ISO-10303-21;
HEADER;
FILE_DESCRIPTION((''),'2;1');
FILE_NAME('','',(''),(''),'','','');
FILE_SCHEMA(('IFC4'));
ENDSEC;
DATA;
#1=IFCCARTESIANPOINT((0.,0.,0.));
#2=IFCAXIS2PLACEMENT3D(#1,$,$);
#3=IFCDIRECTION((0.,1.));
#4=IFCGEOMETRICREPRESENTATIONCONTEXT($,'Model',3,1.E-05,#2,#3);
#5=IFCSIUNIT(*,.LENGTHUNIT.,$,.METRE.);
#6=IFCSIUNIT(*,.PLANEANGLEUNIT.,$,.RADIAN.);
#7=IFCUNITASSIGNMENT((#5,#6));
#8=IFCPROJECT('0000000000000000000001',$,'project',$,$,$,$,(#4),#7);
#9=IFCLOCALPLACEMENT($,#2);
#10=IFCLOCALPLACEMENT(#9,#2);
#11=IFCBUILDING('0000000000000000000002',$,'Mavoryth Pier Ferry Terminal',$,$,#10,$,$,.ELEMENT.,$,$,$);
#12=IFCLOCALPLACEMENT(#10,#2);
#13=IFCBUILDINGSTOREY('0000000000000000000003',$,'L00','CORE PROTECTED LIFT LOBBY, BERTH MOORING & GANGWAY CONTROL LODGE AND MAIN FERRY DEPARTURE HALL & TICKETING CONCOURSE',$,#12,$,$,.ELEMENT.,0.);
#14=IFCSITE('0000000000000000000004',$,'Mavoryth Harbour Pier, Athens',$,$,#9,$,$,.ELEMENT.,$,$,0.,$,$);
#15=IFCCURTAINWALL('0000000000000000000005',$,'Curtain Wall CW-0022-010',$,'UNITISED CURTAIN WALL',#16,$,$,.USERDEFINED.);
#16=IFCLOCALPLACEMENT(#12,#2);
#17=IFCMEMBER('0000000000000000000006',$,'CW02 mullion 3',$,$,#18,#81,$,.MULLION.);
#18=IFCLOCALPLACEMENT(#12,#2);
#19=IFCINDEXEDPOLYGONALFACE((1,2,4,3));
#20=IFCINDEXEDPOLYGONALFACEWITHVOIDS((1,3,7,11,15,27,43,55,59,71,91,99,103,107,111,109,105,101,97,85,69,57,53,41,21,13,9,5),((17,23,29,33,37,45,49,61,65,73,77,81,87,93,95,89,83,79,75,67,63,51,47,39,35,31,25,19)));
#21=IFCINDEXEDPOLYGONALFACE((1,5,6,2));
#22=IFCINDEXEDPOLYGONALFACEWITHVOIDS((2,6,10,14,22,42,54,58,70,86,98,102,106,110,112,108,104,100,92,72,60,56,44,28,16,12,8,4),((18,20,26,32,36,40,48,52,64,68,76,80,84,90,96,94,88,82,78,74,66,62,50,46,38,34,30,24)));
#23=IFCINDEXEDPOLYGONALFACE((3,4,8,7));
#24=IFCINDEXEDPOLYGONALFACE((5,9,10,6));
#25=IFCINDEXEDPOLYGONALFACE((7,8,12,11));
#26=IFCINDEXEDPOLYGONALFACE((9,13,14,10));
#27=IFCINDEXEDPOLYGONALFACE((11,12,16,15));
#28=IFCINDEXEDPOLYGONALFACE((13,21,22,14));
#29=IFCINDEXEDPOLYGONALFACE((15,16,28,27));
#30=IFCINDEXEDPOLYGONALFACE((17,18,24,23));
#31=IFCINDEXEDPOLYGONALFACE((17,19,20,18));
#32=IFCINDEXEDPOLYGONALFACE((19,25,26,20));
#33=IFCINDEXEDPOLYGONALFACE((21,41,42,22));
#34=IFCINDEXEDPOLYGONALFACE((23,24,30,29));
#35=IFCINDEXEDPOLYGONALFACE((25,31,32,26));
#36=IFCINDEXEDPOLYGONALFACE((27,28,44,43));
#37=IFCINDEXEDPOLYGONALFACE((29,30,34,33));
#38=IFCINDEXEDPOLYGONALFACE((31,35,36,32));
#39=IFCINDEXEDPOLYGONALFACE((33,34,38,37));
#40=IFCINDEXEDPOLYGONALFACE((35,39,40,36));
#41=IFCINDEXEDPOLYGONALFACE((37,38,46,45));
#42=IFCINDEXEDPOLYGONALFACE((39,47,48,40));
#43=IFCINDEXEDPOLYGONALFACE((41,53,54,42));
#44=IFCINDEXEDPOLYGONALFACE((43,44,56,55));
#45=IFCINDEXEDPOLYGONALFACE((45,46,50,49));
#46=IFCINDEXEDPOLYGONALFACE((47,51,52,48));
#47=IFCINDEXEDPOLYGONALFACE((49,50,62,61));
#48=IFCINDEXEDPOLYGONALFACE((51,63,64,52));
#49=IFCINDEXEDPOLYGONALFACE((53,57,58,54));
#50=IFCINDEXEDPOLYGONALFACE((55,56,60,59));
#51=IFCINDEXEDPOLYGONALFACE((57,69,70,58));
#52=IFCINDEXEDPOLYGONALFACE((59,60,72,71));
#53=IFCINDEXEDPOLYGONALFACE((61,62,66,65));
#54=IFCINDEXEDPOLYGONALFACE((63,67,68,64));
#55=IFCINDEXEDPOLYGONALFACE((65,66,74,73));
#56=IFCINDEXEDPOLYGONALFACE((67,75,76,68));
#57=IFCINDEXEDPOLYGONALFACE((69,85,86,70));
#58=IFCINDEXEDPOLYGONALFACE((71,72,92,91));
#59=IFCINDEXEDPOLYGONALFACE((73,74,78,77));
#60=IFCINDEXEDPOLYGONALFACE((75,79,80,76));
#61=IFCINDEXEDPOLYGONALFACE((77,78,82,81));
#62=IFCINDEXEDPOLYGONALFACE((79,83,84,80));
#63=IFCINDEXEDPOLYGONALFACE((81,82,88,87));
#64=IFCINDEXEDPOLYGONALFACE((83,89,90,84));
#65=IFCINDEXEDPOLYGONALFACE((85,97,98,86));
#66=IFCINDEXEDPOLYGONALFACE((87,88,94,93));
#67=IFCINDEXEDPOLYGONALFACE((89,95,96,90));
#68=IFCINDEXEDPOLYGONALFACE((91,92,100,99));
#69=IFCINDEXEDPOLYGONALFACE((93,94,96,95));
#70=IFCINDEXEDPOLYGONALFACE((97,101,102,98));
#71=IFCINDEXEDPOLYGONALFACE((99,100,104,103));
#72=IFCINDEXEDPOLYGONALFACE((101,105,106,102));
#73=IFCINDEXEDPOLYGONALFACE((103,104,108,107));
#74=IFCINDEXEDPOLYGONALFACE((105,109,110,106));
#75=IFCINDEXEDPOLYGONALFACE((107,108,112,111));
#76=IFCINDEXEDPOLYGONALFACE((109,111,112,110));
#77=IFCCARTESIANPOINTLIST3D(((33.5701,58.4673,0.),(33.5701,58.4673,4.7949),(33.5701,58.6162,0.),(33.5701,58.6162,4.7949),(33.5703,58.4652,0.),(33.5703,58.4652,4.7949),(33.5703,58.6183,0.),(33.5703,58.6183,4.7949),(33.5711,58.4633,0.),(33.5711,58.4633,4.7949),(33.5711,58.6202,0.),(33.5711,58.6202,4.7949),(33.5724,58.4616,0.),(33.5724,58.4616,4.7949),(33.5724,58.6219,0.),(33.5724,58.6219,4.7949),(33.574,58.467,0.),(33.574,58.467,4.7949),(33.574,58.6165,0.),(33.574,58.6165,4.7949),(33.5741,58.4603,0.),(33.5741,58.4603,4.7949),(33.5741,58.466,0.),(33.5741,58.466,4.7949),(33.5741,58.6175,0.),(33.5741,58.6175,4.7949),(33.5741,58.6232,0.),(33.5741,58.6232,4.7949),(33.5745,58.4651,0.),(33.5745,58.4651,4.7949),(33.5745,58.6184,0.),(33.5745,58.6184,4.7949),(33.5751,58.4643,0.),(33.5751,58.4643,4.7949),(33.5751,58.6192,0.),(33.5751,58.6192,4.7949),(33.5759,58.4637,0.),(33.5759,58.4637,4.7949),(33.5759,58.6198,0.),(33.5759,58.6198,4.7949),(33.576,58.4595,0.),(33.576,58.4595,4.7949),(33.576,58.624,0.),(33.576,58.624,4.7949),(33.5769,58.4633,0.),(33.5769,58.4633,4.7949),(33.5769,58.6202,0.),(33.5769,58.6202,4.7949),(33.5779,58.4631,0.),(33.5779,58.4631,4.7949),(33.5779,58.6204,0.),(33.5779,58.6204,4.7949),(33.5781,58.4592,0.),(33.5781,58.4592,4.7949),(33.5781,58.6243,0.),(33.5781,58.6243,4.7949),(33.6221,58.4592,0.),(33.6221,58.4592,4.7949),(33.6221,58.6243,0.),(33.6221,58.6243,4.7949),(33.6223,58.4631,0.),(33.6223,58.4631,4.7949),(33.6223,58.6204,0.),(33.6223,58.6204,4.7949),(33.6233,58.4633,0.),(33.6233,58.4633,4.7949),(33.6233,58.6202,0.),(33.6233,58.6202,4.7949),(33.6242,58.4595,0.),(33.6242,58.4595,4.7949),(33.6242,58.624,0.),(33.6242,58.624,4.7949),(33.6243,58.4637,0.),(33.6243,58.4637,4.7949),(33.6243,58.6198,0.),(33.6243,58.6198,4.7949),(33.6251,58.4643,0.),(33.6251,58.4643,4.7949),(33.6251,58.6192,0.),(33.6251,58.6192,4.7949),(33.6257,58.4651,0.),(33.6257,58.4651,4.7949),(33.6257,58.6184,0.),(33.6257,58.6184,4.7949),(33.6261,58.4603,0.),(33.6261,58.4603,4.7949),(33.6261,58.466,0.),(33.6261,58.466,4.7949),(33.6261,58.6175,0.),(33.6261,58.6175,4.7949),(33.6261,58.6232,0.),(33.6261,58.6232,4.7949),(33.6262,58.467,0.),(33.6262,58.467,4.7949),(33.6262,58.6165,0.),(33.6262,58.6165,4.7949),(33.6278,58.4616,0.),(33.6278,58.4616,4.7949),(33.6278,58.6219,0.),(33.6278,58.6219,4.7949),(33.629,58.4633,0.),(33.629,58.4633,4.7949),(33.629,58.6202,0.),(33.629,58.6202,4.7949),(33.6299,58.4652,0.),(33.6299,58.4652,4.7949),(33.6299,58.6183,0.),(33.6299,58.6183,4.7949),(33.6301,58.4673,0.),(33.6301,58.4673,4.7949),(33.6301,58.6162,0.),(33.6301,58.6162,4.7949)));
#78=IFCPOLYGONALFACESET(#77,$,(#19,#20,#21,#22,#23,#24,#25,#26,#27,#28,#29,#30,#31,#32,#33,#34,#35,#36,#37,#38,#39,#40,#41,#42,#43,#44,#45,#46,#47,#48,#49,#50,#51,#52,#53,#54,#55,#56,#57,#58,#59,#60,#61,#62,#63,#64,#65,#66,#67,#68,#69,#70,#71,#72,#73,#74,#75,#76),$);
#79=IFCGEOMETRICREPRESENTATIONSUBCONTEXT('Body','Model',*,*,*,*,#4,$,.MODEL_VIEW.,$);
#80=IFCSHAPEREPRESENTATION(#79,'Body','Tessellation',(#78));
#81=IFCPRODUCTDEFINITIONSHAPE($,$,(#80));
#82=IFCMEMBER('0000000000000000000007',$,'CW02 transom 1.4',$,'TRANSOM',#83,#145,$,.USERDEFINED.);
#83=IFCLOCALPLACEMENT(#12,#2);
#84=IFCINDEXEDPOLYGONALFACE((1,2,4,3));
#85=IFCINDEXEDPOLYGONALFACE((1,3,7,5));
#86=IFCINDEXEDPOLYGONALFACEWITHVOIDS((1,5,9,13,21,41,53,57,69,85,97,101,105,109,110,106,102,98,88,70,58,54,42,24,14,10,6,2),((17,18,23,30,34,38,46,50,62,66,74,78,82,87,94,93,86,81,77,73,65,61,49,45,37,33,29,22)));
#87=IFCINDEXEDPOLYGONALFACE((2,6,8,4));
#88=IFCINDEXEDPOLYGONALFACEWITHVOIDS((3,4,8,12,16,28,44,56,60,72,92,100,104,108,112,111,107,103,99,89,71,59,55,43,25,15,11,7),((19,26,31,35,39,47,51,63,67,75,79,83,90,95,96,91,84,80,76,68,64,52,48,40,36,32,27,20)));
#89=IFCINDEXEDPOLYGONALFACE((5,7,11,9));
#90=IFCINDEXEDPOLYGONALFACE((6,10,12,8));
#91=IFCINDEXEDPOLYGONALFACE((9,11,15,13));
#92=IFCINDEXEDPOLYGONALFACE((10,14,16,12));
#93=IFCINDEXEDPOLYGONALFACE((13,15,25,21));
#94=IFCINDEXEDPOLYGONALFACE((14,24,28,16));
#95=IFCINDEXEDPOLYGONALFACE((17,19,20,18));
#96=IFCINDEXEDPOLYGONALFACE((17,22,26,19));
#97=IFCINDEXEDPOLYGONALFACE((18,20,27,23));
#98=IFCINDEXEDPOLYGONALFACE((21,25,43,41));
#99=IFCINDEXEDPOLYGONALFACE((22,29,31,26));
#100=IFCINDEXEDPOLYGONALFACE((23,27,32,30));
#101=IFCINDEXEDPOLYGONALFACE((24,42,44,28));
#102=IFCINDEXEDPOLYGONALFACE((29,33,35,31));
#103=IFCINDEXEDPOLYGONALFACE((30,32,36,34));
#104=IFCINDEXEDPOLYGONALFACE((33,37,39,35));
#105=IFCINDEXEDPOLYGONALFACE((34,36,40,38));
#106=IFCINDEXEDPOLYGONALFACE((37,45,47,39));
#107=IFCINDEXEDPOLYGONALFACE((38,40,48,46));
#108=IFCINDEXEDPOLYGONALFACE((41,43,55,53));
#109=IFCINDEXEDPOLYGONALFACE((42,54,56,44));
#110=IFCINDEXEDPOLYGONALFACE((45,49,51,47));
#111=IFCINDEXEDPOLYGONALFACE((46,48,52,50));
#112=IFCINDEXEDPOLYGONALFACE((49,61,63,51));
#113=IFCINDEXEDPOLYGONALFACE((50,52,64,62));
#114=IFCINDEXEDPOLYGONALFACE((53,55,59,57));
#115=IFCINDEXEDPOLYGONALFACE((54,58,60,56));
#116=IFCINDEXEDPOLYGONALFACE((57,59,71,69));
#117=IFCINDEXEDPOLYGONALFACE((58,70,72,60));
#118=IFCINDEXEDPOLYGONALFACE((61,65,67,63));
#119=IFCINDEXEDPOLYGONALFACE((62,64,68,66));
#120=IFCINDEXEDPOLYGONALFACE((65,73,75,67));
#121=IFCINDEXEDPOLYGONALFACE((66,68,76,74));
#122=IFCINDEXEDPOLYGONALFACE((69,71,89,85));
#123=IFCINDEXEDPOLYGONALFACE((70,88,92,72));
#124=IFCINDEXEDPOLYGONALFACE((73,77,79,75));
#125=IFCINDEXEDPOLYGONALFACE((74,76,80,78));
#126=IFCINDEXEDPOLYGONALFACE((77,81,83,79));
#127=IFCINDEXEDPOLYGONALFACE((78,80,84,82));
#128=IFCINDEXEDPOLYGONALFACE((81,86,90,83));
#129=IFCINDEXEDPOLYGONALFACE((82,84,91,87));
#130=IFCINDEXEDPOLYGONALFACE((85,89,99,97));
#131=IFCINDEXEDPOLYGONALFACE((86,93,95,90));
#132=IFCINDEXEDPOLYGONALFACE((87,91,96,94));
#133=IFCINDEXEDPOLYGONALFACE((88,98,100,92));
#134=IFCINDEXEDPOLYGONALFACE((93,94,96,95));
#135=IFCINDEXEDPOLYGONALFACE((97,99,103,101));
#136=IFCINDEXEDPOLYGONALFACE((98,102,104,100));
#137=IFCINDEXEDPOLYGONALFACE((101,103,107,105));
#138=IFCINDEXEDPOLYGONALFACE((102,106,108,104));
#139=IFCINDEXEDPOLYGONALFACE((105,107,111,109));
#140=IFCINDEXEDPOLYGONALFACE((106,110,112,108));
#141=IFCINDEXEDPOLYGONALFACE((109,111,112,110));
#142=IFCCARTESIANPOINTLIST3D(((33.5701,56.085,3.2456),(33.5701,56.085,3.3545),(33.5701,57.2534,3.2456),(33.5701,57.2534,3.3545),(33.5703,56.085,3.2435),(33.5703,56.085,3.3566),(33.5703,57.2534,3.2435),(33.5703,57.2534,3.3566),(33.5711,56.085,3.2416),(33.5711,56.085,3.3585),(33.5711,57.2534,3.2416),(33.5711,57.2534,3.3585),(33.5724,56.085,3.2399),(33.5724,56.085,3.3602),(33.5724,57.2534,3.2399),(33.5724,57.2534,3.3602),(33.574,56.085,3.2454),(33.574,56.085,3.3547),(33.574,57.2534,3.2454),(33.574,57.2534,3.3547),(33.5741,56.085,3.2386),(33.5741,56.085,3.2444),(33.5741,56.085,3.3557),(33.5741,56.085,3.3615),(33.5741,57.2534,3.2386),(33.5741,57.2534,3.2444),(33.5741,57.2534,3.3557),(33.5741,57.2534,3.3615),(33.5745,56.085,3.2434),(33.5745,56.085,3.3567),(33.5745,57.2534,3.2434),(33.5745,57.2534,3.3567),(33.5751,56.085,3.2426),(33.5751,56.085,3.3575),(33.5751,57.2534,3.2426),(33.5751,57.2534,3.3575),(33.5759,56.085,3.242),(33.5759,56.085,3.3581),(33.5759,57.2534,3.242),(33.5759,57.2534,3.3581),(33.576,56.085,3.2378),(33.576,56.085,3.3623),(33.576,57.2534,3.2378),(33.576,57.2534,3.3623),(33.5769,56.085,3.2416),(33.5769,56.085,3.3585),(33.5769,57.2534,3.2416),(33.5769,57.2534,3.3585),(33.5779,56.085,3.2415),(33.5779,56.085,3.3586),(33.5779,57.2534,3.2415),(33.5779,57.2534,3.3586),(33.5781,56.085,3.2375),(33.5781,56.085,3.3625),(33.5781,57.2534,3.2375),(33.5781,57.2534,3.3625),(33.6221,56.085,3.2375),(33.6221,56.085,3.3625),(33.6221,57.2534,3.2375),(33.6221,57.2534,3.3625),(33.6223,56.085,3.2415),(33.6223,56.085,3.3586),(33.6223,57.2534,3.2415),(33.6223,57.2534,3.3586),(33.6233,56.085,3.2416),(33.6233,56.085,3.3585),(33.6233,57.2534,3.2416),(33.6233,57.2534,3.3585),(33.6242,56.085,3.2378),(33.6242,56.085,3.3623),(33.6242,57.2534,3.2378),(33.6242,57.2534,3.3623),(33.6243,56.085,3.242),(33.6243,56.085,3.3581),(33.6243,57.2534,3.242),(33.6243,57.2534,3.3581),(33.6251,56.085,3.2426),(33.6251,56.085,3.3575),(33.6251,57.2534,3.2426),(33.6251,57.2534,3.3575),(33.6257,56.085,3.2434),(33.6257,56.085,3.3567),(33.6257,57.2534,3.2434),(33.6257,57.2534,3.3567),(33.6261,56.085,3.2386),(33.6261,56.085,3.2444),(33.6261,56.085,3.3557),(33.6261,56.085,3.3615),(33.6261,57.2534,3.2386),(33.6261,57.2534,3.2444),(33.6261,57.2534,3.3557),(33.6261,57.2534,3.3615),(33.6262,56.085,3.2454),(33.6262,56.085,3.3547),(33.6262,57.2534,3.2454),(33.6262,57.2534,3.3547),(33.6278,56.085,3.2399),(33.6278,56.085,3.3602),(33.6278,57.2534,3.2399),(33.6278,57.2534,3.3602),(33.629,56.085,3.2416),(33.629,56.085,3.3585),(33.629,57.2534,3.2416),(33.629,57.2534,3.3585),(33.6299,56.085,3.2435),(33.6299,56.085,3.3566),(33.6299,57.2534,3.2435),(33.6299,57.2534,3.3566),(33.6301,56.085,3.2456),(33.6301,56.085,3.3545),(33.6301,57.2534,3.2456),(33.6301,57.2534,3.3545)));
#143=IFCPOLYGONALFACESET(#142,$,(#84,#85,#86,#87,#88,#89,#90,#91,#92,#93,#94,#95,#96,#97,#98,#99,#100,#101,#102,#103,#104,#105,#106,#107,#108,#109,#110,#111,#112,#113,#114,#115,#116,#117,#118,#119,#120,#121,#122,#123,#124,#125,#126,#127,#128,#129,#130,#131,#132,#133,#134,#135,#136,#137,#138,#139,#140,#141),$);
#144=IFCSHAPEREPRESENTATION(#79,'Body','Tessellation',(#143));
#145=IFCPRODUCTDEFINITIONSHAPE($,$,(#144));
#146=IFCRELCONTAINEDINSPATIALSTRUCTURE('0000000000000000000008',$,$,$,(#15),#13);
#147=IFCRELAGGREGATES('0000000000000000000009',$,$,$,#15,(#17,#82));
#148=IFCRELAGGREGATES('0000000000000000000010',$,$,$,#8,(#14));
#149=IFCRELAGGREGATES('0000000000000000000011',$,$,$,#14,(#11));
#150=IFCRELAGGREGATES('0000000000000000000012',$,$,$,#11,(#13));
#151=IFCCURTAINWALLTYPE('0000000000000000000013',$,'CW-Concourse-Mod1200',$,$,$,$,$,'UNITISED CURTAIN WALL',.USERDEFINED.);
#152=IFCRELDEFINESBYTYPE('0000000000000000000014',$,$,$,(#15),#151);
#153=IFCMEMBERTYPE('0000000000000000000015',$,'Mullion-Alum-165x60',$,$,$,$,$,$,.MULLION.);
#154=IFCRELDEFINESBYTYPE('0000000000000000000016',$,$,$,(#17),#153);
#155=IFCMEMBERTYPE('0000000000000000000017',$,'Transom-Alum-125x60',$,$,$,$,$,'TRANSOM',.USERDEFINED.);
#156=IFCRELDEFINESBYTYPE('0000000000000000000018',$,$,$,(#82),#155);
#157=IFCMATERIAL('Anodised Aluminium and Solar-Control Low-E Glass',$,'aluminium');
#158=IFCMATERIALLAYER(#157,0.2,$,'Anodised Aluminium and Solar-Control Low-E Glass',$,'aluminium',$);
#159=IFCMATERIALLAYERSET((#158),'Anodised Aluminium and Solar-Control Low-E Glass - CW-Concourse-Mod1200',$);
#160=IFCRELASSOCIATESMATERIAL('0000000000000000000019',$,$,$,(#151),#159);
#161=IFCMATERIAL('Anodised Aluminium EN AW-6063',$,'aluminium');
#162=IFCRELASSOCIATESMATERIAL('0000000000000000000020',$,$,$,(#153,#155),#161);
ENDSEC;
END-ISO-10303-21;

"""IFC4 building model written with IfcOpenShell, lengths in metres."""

from ifc_helpers import new_model, si_unit, direction, frame, origin, origin_2d, place, context, subcontext, project, spatial, hollow_rectangle, extrude, material, layer, layer_set, material_profile, profile_set, type_object, element, aggregate, save


model = new_model("IFC4")

# Units and contexts
model_context = context("Model", 3, precision=1e-05, world=origin(), true_north=direction((0.0, 1.0)))
body_context = subcontext(model_context, "Body", "Model", "MODEL_VIEW")
ifc_project = project(units=[si_unit("LENGTHUNIT", "METRE"), si_unit("PLANEANGLEUNIT", "RADIAN")], contexts=[model_context])

# Site, building, storey
site_placement = place(None, origin())
site = spatial("IfcSite", under=ifc_project, at=site_placement, Name="Mavoryth Harbour Pier, Athens", CompositionType="ELEMENT", RefElevation=0.0)
building_placement = place(site_placement, origin())
building = spatial("IfcBuilding", under=site, at=building_placement, Name="Mavoryth Pier Ferry Terminal", CompositionType="ELEMENT")
storey_placement = place(building_placement, origin())
storey = spatial("IfcBuildingStorey", under=building, at=storey_placement, Name="L00", Description="CORE PROTECTED LIFT LOBBY, BERTH MOORING & GANGWAY CONTROL LODGE AND MAIN FERRY DEPARTURE HALL & TICKETING CONCOURSE", CompositionType="ELEMENT", Elevation=0.0)

# Curtain wall, members
ifc_material_1 = material(Name="Anodised Aluminium and Solar-Control Low-E Glass", Category="aluminium")
ifc_layer_1 = layer(ifc_material_1, 0.2, Name="Anodised Aluminium and Solar-Control Low-E Glass", Category="aluminium")
ifc_layer_set_1 = layer_set([ifc_layer_1], Name="Anodised Aluminium and Solar-Control Low-E Glass - CW-Concourse-Mod1200")
curtain_wall_type = type_object("IfcCurtainWallType", Name="CW-Concourse-Mod1200", ElementType="UNITISED CURTAIN WALL", PredefinedType="USERDEFINED", material=ifc_layer_set_1)
curtain_wall_placement = place(storey_placement, origin())
curtain_wall = element("IfcCurtainWall", 1, at=curtain_wall_placement, inside=storey, type_object=curtain_wall_type, Name="Curtain Wall CW-0022-010", ObjectType="UNITISED CURTAIN WALL", PredefinedType="USERDEFINED")
ifc_material_2 = material(Name="Anodised Aluminium EN AW-6063", Category="aluminium")
ifc_material_profile_1 = material_profile(ifc_material_2, hollow_rectangle(XDim=0.0601, YDim=0.165, WallThickness=0.0039, InnerFilletRadius=0.0039, OuterFilletRadius=0.0081, at=origin_2d()), Name="AL-MULL 165x60x4", Category="aluminium")
ifc_profile_set_1 = profile_set([ifc_material_profile_1], Name="Anodised Aluminium EN AW-6063 - AL-MULL 165x60x4")
member_type_1 = type_object("IfcMemberType", Name="Mullion-Alum-165x60", PredefinedType="MULLION", material=ifc_profile_set_1)
member_1_placement = place(storey_placement, frame((33.6001, 58.5417, 0.0), z_axis=(0.0, 0.0, 1.0), x_axis=(-1.0, 0.0, 0.0)))
member_1 = element("IfcMember", 2, at=member_1_placement, type_object=member_type_1, Name="CW02 mullion 3", PredefinedType="MULLION", context=body_context, shape_type="SweptSolid", body=[
    extrude(hollow_rectangle(XDim=0.0601, YDim=0.165, WallThickness=0.0039, InnerFilletRadius=0.0039, OuterFilletRadius=0.0081, at=origin_2d()), origin(), (0.0, 0.0, 1.0), 4.7949),
])
ifc_material_profile_2 = material_profile(ifc_material_2, hollow_rectangle(XDim=0.0601, YDim=0.125, WallThickness=0.0039, InnerFilletRadius=0.0039, OuterFilletRadius=0.0081, at=origin_2d()), Name="AL-TRAN 125x60x4", Category="aluminium")
ifc_profile_set_2 = profile_set([ifc_material_profile_2], Name="Anodised Aluminium EN AW-6063 - AL-TRAN 125x60x4")
member_type_2 = type_object("IfcMemberType", Name="Transom-Alum-125x60", ElementType="TRANSOM", PredefinedType="USERDEFINED", material=ifc_profile_set_2)
member_2_placement = place(storey_placement, frame((33.6001, 56.085, 3.3), z_axis=(0.0, 1.0, 0.0), x_axis=(-1.0, 0.0, 0.0)))
member_2 = element("IfcMember", 3, at=member_2_placement, type_object=member_type_2, Name="CW02 transom 1.4", ObjectType="TRANSOM", PredefinedType="USERDEFINED", context=body_context, shape_type="SweptSolid", body=[
    extrude(hollow_rectangle(XDim=0.0601, YDim=0.125, WallThickness=0.0039, InnerFilletRadius=0.0039, OuterFilletRadius=0.0081, at=origin_2d()), origin(), (0.0, 0.0, 1.0), 1.1685),
])
aggregate(curtain_wall, [member_1, member_2])

save(model, "model.ifc")
